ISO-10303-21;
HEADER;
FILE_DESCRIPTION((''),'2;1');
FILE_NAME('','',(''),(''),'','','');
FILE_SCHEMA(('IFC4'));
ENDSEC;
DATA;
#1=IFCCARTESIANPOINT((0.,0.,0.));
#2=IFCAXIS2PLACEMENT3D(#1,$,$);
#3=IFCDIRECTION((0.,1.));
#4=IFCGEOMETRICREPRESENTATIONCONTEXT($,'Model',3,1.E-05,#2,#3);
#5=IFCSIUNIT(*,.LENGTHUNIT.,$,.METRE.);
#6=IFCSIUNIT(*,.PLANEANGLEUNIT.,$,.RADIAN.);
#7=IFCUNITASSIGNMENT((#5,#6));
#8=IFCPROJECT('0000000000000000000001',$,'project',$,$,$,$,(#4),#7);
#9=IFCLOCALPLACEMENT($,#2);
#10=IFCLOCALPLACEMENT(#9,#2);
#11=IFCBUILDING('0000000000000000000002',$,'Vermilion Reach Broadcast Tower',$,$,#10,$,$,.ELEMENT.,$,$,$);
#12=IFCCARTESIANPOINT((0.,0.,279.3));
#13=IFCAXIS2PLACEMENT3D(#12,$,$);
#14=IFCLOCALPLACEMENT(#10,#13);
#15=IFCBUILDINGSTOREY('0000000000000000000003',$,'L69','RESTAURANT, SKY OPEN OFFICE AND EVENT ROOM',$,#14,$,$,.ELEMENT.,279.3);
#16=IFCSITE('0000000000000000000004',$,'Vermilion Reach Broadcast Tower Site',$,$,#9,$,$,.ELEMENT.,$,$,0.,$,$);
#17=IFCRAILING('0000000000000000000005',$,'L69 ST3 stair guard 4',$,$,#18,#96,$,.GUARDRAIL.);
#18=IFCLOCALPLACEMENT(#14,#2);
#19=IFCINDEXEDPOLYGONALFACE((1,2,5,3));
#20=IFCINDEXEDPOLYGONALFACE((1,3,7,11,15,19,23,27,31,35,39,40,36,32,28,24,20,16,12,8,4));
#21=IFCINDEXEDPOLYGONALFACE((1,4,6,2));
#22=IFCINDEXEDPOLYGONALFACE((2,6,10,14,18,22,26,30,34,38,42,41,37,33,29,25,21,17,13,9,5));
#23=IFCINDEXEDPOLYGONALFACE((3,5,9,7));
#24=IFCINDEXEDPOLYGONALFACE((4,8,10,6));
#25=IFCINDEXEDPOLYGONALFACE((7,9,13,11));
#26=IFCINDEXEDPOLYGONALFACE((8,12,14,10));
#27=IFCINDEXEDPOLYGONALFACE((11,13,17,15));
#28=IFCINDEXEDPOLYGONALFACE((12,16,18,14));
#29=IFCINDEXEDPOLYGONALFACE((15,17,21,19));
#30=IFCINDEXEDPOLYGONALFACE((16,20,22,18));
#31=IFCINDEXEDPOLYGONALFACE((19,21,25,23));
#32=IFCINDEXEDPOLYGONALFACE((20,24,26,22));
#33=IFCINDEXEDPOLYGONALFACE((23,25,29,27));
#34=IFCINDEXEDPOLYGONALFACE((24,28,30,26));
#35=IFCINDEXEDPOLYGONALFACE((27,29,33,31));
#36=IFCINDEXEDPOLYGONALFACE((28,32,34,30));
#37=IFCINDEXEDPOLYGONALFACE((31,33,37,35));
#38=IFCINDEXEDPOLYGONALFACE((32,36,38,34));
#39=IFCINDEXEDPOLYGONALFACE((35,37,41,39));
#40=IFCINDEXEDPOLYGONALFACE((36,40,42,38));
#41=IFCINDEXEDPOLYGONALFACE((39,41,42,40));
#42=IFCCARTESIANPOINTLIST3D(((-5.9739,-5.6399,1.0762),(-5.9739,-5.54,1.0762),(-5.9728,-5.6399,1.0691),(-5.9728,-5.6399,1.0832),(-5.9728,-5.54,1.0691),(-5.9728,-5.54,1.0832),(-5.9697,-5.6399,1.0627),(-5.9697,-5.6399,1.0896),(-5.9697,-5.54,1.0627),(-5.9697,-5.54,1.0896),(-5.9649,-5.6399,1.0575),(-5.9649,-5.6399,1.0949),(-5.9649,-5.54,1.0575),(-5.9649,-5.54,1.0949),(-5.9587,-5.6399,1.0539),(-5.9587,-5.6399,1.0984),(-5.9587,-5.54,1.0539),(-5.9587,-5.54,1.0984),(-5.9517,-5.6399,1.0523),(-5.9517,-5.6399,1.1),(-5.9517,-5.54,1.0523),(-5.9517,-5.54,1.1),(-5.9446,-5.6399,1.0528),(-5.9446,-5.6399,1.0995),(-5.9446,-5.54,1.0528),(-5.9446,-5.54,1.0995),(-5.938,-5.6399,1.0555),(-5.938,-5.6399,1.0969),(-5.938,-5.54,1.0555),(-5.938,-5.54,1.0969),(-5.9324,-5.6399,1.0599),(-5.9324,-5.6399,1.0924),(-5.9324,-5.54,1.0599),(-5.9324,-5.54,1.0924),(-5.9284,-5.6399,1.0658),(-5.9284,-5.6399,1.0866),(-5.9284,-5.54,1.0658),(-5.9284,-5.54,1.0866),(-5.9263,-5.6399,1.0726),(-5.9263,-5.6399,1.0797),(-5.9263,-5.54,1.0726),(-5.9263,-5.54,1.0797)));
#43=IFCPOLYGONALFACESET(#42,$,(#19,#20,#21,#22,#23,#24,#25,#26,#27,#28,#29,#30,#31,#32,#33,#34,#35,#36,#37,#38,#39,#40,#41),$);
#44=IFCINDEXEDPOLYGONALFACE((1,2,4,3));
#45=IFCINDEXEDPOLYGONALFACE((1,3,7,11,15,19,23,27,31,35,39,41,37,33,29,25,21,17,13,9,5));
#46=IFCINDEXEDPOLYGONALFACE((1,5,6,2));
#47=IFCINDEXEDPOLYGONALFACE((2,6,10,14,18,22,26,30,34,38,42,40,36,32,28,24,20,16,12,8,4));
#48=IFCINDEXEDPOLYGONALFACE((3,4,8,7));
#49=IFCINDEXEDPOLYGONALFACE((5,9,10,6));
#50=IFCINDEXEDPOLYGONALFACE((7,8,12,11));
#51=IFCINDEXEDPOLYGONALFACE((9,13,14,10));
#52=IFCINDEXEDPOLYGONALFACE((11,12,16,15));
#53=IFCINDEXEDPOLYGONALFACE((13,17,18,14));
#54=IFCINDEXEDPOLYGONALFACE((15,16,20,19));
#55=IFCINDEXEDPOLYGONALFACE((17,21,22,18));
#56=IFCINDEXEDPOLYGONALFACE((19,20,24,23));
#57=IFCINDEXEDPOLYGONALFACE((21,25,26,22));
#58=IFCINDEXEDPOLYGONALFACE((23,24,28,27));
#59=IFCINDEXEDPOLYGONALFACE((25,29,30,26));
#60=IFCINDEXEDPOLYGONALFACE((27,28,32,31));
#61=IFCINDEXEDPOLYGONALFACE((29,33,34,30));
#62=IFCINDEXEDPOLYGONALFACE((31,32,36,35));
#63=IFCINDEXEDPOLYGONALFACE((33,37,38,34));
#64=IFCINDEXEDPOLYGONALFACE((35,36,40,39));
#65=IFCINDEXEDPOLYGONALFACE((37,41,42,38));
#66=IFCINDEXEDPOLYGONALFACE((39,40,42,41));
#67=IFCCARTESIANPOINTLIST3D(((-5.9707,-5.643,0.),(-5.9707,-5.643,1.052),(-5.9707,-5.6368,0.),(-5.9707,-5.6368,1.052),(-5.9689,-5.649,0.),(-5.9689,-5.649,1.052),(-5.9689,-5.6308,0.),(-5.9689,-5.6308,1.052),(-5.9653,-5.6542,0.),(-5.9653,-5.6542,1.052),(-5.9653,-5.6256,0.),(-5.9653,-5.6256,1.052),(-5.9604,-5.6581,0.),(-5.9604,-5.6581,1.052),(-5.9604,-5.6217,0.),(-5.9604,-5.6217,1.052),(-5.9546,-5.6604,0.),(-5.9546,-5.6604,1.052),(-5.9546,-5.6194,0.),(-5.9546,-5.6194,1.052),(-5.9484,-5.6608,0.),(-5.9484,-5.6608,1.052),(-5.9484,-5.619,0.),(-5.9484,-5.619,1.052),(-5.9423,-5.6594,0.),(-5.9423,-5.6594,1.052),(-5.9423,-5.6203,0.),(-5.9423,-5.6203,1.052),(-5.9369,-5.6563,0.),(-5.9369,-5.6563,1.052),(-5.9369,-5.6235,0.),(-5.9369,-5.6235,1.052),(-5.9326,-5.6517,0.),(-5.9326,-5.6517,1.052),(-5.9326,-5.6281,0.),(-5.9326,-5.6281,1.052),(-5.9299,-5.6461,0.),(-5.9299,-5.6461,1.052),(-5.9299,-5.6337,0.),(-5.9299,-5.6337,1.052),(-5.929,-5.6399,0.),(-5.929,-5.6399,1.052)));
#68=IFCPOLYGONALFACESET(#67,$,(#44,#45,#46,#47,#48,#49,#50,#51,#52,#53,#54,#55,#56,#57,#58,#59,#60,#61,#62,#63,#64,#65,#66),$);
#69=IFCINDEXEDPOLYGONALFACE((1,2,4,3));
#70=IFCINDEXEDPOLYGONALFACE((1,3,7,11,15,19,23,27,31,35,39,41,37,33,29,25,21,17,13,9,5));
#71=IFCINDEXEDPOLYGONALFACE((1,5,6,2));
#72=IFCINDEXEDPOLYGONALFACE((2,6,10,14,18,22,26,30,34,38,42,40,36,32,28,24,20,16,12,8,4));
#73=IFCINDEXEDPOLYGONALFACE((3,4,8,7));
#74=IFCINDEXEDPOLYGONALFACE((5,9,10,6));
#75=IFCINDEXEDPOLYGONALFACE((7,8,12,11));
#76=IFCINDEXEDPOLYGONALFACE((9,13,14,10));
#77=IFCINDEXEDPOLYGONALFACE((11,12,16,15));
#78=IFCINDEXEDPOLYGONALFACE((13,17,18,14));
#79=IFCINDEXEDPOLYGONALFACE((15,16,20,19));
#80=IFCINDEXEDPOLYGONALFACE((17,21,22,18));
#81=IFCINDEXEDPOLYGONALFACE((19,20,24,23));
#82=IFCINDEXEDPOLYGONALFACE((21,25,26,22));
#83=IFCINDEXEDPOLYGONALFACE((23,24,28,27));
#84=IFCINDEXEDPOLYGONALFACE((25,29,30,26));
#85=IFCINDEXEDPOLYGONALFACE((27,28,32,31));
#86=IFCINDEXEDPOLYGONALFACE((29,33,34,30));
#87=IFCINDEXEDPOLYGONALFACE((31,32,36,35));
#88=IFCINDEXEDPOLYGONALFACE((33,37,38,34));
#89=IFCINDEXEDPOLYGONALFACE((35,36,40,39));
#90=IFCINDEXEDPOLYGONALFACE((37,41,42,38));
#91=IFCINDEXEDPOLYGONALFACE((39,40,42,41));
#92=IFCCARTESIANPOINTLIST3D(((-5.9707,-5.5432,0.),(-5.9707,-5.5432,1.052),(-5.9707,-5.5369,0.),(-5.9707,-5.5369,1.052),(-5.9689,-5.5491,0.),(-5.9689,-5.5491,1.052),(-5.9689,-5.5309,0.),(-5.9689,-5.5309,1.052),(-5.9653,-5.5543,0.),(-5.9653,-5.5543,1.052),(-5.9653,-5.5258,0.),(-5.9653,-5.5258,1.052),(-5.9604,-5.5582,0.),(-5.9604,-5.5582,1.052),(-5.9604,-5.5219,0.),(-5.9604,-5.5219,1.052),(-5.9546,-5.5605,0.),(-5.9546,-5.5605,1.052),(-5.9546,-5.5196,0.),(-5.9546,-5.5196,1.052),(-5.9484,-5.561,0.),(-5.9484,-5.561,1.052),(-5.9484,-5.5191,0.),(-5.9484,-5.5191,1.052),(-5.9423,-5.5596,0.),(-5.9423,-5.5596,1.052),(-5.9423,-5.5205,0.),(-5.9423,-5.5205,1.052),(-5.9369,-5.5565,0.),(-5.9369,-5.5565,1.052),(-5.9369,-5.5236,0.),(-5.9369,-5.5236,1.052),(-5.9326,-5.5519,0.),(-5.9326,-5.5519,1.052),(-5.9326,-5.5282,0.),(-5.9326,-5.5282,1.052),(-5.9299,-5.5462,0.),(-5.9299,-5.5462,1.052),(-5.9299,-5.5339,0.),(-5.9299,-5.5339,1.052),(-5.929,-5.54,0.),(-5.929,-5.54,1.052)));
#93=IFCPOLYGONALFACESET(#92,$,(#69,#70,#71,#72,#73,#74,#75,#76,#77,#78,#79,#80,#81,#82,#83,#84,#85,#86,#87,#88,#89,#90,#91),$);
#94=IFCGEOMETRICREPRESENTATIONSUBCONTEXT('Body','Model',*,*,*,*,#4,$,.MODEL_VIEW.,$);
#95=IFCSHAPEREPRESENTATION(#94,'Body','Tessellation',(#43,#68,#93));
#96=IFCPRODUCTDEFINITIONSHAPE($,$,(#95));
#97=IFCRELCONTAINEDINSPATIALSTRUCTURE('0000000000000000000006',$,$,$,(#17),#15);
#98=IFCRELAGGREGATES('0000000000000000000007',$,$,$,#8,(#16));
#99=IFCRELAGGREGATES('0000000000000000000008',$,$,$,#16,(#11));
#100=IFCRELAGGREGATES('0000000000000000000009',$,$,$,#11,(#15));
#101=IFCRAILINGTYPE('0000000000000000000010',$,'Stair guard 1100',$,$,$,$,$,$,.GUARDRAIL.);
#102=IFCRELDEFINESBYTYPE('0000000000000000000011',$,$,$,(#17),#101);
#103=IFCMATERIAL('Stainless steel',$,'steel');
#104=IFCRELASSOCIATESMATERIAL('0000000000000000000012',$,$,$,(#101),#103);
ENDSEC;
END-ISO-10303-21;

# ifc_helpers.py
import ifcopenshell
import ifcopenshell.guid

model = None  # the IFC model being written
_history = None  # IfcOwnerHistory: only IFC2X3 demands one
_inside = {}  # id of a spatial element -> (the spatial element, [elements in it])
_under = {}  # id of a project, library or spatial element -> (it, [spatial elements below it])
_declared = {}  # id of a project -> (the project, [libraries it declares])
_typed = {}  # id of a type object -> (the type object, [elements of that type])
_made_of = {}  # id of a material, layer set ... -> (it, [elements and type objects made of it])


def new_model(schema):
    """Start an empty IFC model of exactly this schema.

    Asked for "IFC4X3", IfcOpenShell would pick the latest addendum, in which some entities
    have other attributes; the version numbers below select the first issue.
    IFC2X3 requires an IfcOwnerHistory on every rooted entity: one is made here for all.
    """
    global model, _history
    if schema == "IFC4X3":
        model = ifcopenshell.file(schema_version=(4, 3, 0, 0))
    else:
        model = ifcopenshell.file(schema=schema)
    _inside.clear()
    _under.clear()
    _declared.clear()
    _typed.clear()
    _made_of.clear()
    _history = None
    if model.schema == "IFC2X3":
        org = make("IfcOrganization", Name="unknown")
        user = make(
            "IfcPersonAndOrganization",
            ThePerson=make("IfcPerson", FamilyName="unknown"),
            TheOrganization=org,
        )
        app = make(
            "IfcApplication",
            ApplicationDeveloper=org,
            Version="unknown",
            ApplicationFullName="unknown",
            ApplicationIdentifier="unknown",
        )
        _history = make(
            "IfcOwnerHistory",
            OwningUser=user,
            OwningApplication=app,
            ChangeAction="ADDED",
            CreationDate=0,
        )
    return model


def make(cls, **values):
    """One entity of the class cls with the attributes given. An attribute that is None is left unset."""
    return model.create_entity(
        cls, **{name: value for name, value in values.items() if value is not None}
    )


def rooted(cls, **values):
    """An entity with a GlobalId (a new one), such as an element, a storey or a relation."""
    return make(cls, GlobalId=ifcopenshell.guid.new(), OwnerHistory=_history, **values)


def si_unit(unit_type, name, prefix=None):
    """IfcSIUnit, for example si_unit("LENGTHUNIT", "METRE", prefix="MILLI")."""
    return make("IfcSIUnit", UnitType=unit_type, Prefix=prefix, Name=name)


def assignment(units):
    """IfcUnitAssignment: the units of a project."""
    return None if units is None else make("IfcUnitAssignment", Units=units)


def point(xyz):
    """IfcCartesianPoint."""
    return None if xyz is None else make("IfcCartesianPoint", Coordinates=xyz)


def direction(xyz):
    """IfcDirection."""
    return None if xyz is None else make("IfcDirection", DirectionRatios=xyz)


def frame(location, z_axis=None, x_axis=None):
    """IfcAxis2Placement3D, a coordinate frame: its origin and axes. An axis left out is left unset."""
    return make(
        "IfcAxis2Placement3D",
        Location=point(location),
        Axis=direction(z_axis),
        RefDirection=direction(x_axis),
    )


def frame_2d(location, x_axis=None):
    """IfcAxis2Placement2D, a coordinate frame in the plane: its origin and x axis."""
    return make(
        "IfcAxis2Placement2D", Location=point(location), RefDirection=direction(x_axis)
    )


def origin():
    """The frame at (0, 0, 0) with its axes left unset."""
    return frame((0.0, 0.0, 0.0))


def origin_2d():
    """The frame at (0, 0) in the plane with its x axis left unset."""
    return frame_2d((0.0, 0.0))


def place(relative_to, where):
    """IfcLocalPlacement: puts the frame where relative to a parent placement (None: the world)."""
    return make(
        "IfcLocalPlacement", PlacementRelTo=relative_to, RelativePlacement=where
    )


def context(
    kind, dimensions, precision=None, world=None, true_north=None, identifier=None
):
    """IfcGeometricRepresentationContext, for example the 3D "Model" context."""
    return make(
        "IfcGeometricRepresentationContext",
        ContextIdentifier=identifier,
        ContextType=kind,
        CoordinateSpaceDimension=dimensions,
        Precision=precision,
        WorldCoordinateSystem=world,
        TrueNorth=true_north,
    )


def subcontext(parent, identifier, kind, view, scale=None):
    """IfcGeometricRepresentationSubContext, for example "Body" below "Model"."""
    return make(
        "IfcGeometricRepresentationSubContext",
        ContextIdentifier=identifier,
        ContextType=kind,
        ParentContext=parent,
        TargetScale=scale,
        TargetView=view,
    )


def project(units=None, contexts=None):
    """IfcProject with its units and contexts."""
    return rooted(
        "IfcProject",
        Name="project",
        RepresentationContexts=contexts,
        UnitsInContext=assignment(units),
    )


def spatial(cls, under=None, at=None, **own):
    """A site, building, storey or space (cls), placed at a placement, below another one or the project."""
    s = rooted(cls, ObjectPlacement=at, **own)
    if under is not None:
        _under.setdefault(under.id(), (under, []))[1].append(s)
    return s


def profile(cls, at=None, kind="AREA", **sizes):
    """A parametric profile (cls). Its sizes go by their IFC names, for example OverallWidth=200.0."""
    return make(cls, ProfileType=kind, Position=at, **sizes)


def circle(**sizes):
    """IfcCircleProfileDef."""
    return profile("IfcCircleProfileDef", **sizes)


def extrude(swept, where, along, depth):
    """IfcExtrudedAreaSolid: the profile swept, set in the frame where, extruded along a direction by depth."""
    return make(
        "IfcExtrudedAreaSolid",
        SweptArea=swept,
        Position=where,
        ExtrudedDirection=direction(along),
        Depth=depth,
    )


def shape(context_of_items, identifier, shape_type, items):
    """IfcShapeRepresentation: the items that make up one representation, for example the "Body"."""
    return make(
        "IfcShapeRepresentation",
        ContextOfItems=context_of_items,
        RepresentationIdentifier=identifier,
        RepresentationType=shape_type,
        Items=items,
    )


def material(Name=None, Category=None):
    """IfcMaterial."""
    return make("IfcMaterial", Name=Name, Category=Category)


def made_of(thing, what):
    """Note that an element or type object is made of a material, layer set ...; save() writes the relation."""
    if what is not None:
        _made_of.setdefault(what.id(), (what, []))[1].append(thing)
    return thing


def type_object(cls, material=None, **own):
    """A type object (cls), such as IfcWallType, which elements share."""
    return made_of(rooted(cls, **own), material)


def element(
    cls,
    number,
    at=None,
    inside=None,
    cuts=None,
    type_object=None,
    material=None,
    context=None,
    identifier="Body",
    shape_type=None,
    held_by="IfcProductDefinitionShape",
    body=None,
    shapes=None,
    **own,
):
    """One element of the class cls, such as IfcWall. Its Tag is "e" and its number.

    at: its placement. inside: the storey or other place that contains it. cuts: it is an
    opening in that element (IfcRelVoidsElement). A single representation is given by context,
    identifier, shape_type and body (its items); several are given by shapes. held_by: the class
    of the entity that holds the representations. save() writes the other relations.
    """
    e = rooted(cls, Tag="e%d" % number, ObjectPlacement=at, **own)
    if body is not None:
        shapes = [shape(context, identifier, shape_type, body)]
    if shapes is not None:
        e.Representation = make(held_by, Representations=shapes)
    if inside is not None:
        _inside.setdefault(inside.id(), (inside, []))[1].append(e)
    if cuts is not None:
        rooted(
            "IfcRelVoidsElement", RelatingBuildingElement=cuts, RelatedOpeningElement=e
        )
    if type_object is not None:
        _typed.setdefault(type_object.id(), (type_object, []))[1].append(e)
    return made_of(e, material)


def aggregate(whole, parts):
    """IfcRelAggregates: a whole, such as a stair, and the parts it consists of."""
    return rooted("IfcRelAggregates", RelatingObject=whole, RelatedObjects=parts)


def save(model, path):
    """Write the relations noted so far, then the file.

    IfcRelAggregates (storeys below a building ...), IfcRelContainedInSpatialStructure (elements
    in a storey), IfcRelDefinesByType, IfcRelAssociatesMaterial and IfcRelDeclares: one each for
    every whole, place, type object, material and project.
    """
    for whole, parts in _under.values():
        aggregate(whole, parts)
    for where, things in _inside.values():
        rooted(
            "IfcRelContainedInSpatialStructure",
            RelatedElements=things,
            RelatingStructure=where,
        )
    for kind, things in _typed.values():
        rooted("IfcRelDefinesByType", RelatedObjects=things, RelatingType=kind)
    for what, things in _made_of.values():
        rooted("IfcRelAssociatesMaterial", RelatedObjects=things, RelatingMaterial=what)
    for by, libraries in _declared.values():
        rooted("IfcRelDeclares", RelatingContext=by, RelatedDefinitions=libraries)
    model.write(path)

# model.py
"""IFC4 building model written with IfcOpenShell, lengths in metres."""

from ifc_helpers import new_model, si_unit, direction, frame, origin, origin_2d, place, context, subcontext, project, spatial, circle, extrude, material, type_object, element, save


model = new_model("IFC4")

# Units and contexts
model_context = context("Model", 3, precision=1e-05, world=origin(), true_north=direction((0.0, 1.0)))
body_context = subcontext(model_context, "Body", "Model", "MODEL_VIEW")
ifc_project = project(units=[si_unit("LENGTHUNIT", "METRE"), si_unit("PLANEANGLEUNIT", "RADIAN")], contexts=[model_context])

# Site, building, storey
site_placement = place(None, origin())
site = spatial("IfcSite", under=ifc_project, at=site_placement, Name="Vermilion Reach Broadcast Tower Site", CompositionType="ELEMENT", RefElevation=0.0)
building_placement = place(site_placement, origin())
building = spatial("IfcBuilding", under=site, at=building_placement, Name="Vermilion Reach Broadcast Tower", CompositionType="ELEMENT")
storey_placement = place(building_placement, frame((0.0, 0.0, 279.3)))
storey = spatial("IfcBuildingStorey", under=building, at=storey_placement, Name="L69", Description="RESTAURANT, SKY OPEN OFFICE AND EVENT ROOM", CompositionType="ELEMENT", Elevation=279.3)

# Railing
ifc_material_1 = material(Name="Stainless steel", Category="steel")
railing_type_1 = type_object("IfcRailingType", Name="Stair guard 1100", PredefinedType="GUARDRAIL", material=ifc_material_1)
railing_1_placement = place(storey_placement, frame((-5.95, -5.6399, 0.0)))
element("IfcRailing", 1, at=railing_1_placement, inside=storey, type_object=railing_type_1, Name="L69 ST3 stair guard 4", PredefinedType="GUARDRAIL", context=body_context, shape_type="SweptSolid", body=[
    extrude(circle(Radius=0.0239, at=origin_2d()), frame((0.0, 0.0, 1.0762), z_axis=(0.0, 1.0, 0.0), x_axis=(-1.0, 0.0, 0.0)), (0.0, 0.0, 1.0), 0.0999),
    extrude(circle(Radius=0.021, at=origin_2d()), origin(), (0.0, 0.0, 1.0), 1.052),
    extrude(circle(Radius=0.021, at=origin_2d()), frame((0.0, 0.0999, 0.0)), (0.0, 0.0, 1.0), 1.052),
])

save(model, "model.ifc")
